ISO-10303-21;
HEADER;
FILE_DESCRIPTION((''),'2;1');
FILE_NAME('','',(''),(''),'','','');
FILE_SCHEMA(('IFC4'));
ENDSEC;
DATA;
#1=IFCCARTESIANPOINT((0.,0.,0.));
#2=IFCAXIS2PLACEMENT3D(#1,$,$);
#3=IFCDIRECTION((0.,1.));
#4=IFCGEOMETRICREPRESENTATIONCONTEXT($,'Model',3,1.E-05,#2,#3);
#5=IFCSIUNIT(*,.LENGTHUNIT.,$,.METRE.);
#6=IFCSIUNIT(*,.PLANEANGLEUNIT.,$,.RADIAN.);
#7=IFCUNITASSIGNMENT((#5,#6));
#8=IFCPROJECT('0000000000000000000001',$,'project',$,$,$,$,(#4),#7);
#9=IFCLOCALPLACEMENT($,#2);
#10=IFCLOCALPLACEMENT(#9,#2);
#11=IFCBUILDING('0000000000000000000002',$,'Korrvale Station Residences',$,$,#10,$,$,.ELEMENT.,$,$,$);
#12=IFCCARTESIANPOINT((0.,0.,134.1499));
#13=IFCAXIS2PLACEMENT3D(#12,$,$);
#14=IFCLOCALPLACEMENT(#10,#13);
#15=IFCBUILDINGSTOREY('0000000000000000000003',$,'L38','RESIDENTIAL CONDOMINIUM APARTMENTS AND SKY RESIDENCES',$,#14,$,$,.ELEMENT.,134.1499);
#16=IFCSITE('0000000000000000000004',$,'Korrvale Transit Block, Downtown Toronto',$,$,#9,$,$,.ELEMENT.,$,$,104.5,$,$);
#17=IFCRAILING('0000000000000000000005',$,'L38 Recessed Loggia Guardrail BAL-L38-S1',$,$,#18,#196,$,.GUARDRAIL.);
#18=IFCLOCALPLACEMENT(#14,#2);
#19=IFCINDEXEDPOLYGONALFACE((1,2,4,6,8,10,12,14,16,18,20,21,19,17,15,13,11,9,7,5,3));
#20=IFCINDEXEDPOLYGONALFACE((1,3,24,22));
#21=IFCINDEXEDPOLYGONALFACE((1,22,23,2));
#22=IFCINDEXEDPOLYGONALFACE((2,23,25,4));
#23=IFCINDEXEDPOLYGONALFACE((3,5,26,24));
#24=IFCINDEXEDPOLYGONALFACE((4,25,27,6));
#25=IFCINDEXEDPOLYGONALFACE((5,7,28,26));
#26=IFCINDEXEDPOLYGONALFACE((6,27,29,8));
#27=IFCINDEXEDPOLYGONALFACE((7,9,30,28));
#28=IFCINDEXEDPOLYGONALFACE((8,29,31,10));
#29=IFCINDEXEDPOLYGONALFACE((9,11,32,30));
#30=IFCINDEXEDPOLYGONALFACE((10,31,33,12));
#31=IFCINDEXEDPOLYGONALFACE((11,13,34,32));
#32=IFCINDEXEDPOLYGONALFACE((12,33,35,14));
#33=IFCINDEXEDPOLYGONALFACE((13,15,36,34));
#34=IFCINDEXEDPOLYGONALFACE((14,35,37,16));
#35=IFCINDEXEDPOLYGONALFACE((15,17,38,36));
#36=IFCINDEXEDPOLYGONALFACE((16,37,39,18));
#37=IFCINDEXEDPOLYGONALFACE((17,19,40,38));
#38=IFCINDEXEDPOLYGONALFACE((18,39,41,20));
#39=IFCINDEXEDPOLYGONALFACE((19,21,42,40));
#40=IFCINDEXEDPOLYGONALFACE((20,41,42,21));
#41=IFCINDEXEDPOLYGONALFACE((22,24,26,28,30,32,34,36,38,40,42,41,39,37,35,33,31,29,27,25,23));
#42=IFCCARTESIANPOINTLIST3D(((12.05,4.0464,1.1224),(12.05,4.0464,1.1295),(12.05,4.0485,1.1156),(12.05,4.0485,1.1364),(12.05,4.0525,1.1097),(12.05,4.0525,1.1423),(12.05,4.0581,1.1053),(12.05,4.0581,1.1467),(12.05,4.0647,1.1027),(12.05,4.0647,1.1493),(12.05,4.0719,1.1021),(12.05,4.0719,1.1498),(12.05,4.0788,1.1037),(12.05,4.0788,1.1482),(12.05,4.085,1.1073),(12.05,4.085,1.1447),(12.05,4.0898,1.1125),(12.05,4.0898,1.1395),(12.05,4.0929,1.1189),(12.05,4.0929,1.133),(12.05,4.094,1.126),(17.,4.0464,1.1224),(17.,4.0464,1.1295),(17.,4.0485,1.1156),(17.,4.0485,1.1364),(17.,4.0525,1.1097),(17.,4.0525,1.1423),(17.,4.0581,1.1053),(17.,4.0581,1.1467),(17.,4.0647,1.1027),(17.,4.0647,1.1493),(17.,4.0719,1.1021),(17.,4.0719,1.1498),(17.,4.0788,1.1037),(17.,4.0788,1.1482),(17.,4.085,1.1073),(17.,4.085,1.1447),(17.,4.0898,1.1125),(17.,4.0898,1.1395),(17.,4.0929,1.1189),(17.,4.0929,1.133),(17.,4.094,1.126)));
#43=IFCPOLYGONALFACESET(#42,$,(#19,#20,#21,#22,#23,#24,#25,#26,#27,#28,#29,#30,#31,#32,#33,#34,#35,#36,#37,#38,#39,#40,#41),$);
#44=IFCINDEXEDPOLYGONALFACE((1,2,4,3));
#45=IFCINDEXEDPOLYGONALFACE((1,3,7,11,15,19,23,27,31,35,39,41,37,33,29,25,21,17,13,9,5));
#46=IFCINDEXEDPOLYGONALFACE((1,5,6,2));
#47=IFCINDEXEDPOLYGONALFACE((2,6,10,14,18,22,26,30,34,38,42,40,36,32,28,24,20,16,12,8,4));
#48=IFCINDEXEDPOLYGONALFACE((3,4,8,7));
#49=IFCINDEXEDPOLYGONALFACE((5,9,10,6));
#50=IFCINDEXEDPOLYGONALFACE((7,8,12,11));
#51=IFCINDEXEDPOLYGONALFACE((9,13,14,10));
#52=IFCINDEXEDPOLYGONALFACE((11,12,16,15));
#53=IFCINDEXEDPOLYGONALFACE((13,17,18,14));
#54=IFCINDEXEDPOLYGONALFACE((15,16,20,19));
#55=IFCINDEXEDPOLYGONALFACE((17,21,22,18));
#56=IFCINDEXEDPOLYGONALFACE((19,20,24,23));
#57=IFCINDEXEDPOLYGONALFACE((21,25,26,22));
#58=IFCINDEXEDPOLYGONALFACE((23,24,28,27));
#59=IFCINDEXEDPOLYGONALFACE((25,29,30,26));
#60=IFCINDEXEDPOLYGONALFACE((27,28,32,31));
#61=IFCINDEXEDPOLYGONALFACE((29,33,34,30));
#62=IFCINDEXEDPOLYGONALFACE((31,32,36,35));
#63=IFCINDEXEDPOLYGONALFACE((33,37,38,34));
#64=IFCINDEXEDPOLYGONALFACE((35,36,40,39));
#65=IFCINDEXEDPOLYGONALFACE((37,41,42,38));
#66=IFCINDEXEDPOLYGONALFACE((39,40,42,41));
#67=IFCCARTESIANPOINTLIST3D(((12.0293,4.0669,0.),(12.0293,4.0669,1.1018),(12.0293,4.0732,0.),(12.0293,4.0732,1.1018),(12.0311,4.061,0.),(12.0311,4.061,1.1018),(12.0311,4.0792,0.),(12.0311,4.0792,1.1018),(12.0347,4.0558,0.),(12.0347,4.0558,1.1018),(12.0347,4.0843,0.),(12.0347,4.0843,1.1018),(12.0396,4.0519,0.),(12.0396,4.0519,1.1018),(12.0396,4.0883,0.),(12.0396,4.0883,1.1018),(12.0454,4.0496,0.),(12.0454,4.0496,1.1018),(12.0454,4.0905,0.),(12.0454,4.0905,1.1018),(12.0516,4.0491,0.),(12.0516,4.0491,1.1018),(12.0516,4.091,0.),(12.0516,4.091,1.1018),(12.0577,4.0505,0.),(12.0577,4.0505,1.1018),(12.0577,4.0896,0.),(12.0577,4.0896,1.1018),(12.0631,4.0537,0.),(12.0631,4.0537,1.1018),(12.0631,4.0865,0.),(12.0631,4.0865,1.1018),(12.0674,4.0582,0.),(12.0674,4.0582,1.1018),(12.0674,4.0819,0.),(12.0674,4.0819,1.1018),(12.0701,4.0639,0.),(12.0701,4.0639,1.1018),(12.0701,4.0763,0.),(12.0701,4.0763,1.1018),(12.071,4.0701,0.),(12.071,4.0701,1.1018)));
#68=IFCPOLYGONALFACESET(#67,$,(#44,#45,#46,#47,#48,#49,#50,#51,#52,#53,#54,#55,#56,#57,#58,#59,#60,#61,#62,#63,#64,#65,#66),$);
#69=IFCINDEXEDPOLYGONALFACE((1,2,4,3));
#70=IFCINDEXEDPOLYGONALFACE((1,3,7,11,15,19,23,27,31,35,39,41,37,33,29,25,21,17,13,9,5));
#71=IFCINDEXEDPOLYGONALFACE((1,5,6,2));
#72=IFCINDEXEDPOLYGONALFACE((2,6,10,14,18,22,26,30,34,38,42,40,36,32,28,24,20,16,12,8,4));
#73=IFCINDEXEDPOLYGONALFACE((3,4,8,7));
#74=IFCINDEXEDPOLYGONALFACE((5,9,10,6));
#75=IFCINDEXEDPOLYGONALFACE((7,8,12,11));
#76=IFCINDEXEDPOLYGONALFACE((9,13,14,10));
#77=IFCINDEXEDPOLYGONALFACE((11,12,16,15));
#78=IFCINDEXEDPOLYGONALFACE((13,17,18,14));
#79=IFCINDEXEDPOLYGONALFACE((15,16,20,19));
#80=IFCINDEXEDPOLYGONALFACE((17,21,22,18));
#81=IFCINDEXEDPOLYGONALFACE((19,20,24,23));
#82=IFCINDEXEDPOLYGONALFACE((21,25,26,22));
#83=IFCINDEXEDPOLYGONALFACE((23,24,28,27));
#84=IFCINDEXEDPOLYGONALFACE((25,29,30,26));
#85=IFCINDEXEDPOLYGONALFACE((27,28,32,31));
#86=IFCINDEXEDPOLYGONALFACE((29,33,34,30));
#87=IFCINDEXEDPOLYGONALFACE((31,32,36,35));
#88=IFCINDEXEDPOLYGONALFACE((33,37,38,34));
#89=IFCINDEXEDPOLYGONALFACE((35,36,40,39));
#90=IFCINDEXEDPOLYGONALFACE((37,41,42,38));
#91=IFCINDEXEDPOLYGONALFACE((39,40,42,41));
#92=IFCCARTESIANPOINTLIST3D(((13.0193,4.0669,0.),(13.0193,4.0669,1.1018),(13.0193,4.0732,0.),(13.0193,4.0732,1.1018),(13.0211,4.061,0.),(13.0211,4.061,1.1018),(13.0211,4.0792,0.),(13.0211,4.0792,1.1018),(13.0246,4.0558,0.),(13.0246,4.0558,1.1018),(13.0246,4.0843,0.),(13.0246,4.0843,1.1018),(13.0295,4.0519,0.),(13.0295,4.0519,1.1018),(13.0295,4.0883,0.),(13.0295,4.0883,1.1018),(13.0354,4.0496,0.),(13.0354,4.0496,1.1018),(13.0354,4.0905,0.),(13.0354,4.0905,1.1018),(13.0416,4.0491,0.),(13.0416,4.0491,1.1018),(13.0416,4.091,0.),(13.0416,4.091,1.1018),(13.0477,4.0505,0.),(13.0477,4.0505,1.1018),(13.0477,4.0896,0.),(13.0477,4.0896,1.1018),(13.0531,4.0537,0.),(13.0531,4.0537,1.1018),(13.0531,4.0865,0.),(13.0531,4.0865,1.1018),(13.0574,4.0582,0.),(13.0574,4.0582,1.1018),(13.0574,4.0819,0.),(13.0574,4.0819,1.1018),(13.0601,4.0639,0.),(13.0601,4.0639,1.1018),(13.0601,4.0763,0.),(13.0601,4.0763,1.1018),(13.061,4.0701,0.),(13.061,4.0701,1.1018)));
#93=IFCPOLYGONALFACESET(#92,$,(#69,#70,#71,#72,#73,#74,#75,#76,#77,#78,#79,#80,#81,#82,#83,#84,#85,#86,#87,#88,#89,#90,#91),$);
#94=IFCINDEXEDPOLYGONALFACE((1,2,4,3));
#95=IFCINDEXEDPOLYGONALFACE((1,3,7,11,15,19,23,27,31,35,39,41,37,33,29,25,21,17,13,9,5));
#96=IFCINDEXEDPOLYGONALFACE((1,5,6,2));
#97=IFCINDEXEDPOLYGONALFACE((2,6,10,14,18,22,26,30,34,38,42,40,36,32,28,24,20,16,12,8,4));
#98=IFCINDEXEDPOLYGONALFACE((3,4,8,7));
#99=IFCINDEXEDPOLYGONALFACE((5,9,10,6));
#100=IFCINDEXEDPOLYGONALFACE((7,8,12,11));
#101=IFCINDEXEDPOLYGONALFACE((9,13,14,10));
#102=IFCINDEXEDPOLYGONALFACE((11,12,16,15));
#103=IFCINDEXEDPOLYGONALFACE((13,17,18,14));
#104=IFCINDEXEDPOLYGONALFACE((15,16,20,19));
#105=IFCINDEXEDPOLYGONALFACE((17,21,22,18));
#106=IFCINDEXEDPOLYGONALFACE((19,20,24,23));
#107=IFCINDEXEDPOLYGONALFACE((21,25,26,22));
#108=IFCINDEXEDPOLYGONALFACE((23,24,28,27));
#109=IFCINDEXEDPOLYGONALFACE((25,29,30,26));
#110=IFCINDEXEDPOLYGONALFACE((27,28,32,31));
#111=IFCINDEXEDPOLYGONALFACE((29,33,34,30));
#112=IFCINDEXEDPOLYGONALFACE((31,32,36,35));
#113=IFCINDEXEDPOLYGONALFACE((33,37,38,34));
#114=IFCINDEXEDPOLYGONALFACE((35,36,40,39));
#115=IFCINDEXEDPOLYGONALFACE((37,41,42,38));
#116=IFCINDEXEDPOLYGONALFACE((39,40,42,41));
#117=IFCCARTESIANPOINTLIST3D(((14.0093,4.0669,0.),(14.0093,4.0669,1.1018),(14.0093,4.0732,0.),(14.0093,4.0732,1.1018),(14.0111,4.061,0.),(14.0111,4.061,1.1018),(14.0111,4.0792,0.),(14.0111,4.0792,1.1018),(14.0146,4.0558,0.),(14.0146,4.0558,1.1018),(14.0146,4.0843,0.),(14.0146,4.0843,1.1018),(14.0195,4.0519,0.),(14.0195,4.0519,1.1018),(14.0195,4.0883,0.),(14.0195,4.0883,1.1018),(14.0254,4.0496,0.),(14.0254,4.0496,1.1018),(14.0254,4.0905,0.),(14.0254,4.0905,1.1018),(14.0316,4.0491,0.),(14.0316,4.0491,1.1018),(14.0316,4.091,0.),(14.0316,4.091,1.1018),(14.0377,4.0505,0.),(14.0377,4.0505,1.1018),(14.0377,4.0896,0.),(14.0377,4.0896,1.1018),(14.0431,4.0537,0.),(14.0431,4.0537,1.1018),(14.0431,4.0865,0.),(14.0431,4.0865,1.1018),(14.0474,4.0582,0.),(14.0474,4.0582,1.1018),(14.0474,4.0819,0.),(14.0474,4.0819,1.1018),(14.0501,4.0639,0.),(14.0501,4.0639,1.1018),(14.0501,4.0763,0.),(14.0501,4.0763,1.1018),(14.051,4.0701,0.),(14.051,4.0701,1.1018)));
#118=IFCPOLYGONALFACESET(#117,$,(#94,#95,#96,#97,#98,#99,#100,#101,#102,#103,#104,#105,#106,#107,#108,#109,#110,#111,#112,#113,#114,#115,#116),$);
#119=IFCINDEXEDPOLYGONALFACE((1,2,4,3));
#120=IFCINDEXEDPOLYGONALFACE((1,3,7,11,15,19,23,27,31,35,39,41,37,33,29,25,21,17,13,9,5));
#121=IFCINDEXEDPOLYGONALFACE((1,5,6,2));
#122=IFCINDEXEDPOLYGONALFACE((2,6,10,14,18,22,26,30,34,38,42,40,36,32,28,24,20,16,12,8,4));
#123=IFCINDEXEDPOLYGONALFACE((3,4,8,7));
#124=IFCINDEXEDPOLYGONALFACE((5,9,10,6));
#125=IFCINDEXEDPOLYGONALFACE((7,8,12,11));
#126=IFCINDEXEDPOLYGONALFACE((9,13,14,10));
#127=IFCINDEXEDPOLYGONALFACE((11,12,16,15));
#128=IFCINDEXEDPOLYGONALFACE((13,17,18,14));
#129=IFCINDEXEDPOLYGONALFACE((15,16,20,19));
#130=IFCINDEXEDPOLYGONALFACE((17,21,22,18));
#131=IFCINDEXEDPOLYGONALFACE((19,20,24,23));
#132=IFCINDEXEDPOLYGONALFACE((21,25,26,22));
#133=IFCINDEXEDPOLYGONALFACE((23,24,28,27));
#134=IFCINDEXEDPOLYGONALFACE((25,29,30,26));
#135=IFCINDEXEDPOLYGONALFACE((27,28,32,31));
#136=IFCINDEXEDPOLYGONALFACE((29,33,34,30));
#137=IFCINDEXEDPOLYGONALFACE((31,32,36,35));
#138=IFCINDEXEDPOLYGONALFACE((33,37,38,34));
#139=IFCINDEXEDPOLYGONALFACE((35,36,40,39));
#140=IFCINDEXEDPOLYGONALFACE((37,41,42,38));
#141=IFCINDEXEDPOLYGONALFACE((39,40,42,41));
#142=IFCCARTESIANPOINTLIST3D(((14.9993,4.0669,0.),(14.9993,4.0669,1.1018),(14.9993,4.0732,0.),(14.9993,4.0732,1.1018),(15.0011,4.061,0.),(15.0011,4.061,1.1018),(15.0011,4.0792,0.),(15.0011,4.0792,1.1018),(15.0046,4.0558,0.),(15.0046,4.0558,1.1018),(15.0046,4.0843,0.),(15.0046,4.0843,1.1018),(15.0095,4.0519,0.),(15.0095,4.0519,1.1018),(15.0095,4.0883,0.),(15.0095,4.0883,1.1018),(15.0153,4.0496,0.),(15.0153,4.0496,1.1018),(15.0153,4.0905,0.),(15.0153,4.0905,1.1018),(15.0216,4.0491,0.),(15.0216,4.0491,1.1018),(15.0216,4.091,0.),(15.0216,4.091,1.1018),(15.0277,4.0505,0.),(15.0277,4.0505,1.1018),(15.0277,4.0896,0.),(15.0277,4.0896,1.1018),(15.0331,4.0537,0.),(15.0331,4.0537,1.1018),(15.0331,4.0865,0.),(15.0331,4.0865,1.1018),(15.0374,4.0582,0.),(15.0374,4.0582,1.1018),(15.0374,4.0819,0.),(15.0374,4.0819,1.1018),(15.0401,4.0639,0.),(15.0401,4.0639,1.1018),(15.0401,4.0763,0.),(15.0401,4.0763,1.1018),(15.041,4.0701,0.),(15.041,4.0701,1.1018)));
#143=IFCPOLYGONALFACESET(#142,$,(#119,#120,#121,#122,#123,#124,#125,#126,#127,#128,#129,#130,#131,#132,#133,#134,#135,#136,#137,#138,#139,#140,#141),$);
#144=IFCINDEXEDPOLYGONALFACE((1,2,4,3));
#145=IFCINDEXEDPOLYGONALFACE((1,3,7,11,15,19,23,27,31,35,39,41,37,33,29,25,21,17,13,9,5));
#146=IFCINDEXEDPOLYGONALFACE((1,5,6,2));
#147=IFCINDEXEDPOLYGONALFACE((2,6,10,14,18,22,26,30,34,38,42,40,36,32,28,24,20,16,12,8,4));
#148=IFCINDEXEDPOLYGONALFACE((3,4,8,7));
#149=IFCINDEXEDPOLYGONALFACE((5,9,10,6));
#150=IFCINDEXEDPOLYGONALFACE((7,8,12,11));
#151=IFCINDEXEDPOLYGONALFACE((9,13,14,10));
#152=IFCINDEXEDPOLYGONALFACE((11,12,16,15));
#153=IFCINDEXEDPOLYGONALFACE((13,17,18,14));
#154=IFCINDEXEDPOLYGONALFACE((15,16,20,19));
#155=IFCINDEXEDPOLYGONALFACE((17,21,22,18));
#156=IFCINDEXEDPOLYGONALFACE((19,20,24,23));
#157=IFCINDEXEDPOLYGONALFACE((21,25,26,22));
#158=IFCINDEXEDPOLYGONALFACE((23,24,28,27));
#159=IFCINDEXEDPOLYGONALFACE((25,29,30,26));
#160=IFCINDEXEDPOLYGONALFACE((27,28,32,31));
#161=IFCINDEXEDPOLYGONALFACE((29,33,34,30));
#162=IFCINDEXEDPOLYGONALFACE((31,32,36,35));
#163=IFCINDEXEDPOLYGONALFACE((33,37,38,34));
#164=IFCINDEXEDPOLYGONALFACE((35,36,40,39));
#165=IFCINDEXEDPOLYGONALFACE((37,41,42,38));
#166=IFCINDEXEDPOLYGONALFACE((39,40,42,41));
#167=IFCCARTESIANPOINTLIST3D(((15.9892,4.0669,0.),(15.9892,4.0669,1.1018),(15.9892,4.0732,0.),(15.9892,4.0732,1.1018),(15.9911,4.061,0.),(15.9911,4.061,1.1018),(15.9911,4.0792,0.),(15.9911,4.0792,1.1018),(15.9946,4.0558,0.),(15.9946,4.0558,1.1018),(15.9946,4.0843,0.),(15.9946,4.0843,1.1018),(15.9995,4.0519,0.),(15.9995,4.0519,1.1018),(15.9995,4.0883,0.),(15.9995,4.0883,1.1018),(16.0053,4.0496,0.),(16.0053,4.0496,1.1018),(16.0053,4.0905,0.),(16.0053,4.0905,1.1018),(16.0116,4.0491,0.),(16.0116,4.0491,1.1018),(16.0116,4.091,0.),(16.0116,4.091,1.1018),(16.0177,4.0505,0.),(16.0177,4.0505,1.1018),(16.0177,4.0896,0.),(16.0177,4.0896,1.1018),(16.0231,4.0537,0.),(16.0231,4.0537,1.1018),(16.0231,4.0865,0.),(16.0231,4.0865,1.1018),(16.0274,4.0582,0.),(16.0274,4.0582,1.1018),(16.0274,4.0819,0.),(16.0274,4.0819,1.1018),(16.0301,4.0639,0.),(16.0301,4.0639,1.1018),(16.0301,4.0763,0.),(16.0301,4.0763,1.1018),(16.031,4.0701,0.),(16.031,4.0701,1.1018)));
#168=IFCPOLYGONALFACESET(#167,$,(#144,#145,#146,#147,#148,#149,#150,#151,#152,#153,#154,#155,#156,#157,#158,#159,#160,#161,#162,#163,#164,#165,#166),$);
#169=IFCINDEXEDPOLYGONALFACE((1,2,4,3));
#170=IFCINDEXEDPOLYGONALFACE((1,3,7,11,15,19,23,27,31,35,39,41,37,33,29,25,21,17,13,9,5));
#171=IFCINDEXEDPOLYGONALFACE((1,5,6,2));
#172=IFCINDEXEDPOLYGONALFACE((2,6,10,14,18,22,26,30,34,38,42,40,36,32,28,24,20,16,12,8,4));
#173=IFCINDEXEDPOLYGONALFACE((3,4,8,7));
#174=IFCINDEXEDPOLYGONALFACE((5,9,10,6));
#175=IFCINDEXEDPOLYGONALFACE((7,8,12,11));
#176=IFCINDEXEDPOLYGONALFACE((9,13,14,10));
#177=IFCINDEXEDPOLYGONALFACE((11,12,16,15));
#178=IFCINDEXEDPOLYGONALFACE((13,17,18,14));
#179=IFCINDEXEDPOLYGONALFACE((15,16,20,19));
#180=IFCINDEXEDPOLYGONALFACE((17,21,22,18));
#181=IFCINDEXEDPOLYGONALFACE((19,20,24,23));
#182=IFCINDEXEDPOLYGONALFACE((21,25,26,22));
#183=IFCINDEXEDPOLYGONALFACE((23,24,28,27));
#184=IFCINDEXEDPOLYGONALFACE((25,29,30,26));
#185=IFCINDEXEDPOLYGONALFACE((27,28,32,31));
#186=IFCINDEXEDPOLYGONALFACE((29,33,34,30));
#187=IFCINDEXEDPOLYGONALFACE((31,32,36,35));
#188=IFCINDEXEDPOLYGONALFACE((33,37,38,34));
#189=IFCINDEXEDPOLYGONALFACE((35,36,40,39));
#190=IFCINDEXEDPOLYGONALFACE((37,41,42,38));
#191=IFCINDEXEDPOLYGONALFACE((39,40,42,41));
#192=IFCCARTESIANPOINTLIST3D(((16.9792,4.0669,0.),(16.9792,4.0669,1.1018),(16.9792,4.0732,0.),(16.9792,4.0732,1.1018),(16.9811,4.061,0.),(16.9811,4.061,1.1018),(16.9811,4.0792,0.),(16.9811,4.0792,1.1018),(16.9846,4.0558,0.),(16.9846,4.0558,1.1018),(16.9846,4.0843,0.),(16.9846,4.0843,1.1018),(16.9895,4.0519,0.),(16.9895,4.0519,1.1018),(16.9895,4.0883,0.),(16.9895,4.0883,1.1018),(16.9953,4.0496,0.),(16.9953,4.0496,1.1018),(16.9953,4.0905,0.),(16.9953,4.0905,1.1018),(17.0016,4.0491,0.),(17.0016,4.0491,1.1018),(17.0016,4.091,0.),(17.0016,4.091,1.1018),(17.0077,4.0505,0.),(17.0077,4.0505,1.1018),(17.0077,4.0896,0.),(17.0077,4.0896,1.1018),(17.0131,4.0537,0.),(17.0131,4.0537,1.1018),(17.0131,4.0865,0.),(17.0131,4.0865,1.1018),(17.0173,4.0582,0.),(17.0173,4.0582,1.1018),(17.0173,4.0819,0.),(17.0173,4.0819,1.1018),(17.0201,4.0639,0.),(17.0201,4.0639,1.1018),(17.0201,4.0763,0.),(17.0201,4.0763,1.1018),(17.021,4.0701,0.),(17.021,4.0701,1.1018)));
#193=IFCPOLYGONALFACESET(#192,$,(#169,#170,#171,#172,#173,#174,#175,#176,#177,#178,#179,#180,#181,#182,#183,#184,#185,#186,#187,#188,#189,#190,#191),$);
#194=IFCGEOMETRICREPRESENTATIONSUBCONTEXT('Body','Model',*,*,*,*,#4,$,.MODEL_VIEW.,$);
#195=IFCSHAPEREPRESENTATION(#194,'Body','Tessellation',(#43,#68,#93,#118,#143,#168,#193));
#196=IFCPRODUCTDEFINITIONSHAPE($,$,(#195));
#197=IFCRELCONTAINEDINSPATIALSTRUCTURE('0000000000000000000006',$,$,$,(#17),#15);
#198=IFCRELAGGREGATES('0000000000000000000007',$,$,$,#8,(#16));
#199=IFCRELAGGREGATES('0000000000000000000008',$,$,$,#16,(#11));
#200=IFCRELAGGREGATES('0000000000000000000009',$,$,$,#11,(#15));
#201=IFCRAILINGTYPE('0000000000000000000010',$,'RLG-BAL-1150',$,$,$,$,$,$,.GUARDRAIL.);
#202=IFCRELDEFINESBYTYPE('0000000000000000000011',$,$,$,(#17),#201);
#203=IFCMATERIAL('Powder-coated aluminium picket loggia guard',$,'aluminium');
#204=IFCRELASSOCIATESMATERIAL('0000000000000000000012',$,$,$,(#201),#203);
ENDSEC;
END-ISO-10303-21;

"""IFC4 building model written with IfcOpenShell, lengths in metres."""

from ifc_helpers import new_model, si_unit, direction, frame, origin, origin_2d, place, context, subcontext, project, spatial, circle, extrude, material, type_object, element, save


model = new_model("IFC4")

# Units and contexts
model_context = context("Model", 3, precision=1e-05, world=origin(), true_north=direction((0.0, 1.0)))
body_context = subcontext(model_context, "Body", "Model", "MODEL_VIEW")
ifc_project = project(units=[si_unit("LENGTHUNIT", "METRE"), si_unit("PLANEANGLEUNIT", "RADIAN")], contexts=[model_context])

# Site, building, storey
site_placement = place(None, origin())
site = spatial("IfcSite", under=ifc_project, at=site_placement, Name="Korrvale Transit Block, Downtown Toronto", CompositionType="ELEMENT", RefElevation=104.5)
building_placement = place(site_placement, origin())
building = spatial("IfcBuilding", under=site, at=building_placement, Name="Korrvale Station Residences", CompositionType="ELEMENT")
storey_placement = place(building_placement, frame((0.0, 0.0, 134.1499)))
storey = spatial("IfcBuildingStorey", under=building, at=storey_placement, Name="L38", Description="RESIDENTIAL CONDOMINIUM APARTMENTS AND SKY RESIDENCES", CompositionType="ELEMENT", Elevation=134.1499)

# Railing
ifc_material_1 = material(Name="Powder-coated aluminium picket loggia guard", Category="aluminium")
railing_type = type_object("IfcRailingType", Name="RLG-BAL-1150", PredefinedType="GUARDRAIL", material=ifc_material_1)
railing_placement = place(storey_placement, frame((12.05, 4.0701, 0.0)))
element("IfcRailing", 1, at=railing_placement, inside=storey, type_object=railing_type, Name="L38 Recessed Loggia Guardrail BAL-L38-S1", PredefinedType="GUARDRAIL", context=body_context, shape_type="SweptSolid", body=[
    extrude(circle(Radius=0.0239, at=origin_2d()), frame((0.0, 0.0, 1.126), z_axis=(1.0, 0.0, 0.0), x_axis=(0.0, 1.0, 0.0)), (0.0, 0.0, 1.0), 4.95),
    extrude(circle(Radius=0.021, at=origin_2d()), origin(), (0.0, 0.0, 1.0), 1.1018),
    extrude(circle(Radius=0.021, at=origin_2d()), frame((0.99, 0.0, 0.0)), (0.0, 0.0, 1.0), 1.1018),
    extrude(circle(Radius=0.021, at=origin_2d()), frame((1.98, 0.0, 0.0)), (0.0, 0.0, 1.0), 1.1018),
    extrude(circle(Radius=0.021, at=origin_2d()), frame((2.97, 0.0, 0.0)), (0.0, 0.0, 1.0), 1.1018),
    extrude(circle(Radius=0.021, at=origin_2d()), frame((3.96, 0.0, 0.0)), (0.0, 0.0, 1.0), 1.1018),
    extrude(circle(Radius=0.021, at=origin_2d()), frame((4.95, 0.0, 0.0)), (0.0, 0.0, 1.0), 1.1018),
])

save(model, "model.ifc")
